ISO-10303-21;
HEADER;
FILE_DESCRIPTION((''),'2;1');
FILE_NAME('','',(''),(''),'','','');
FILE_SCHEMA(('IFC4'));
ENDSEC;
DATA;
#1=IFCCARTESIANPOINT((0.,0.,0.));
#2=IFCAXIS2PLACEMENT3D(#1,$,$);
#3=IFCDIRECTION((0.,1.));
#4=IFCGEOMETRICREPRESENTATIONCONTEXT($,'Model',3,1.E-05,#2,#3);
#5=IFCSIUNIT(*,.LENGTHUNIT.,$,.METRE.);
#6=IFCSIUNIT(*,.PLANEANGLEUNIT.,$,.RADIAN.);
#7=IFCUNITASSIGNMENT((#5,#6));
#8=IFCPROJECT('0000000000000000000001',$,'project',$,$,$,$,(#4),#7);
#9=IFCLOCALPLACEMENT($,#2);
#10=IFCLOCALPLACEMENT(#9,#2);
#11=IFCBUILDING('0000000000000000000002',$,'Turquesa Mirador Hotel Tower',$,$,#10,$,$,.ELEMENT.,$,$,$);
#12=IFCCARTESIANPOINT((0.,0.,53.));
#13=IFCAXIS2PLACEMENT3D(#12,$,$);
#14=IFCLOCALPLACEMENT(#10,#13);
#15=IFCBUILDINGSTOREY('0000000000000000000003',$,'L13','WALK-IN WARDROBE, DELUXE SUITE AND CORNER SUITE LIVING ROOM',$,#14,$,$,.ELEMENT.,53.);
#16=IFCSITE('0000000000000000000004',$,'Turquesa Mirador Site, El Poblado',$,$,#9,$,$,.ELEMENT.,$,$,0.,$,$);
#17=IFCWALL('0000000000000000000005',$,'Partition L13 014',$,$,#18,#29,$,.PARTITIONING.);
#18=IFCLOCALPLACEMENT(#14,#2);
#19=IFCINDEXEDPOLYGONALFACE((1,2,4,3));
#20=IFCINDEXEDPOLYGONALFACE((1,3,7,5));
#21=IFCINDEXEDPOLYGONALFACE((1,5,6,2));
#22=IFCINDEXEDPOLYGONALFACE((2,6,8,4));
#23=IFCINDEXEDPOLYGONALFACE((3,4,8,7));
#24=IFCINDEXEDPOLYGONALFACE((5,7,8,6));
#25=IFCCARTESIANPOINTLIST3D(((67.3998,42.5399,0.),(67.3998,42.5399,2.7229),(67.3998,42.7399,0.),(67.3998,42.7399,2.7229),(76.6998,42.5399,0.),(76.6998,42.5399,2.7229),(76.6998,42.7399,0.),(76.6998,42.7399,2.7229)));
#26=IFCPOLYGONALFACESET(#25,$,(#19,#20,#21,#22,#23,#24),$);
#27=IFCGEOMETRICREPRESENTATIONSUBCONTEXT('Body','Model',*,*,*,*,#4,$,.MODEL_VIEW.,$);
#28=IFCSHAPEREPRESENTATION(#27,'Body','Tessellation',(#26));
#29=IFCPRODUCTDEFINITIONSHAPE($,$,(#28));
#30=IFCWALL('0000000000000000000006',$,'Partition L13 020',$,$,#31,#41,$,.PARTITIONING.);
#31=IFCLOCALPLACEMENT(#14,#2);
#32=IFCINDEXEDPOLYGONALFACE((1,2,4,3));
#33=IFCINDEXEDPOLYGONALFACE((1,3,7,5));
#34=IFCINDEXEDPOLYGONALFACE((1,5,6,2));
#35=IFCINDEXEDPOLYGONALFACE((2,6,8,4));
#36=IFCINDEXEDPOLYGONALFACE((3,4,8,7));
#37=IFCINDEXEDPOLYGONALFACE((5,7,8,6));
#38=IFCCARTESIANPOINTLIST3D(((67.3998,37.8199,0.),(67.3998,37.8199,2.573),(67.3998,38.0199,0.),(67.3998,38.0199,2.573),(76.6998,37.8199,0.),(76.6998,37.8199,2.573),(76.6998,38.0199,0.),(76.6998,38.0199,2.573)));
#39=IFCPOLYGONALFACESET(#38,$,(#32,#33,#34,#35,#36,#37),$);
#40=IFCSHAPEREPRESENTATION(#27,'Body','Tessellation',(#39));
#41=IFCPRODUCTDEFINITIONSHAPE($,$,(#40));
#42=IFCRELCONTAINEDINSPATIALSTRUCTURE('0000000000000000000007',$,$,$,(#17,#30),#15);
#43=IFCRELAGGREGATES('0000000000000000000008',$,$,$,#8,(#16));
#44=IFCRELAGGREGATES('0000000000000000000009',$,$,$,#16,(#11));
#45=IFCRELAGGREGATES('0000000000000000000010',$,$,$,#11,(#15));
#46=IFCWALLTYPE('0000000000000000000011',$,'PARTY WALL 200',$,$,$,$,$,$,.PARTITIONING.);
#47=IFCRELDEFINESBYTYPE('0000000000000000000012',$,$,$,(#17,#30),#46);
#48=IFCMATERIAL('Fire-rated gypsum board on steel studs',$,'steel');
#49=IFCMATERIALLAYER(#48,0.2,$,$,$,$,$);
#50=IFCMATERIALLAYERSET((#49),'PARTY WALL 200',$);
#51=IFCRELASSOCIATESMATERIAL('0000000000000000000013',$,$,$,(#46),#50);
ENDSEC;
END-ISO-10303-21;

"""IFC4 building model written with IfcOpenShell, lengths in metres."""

from ifc_helpers import new_model, si_unit, direction, frame, frame_2d, origin, place, context, subcontext, project, spatial, rectangle, extrude, material, layer, layer_set, type_object, element, save


model = new_model("IFC4")

# Units and contexts
model_context = context("Model", 3, precision=1e-05, world=origin(), true_north=direction((0.0, 1.0)))
body_context = subcontext(model_context, "Body", "Model", "MODEL_VIEW")
ifc_project = project(units=[si_unit("LENGTHUNIT", "METRE"), si_unit("PLANEANGLEUNIT", "RADIAN")], contexts=[model_context])

# Site, building, storey
site_placement = place(None, origin())
site = spatial("IfcSite", under=ifc_project, at=site_placement, Name="Turquesa Mirador Site, El Poblado", CompositionType="ELEMENT", RefElevation=0.0)
building_placement = place(site_placement, origin())
building = spatial("IfcBuilding", under=site, at=building_placement, Name="Turquesa Mirador Hotel Tower", CompositionType="ELEMENT")
storey_placement = place(building_placement, frame((0.0, 0.0, 53.0)))
storey = spatial("IfcBuildingStorey", under=building, at=storey_placement, Name="L13", Description="WALK-IN WARDROBE, DELUXE SUITE AND CORNER SUITE LIVING ROOM", CompositionType="ELEMENT", Elevation=53.0)

# Walls
ifc_material_1 = material(Name="Fire-rated gypsum board on steel studs", Category="steel")
ifc_layer_1 = layer(ifc_material_1, 0.2)
ifc_layer_set_1 = layer_set([ifc_layer_1], Name="PARTY WALL 200")
wall_type_1 = type_object("IfcWallType", Name="PARTY WALL 200", PredefinedType="PARTITIONING", material=ifc_layer_set_1)
wall_1_placement = place(storey_placement, frame((67.3999, 42.6399, 0.0), z_axis=(0.0, 0.0, 1.0), x_axis=(1.0, 0.0, 0.0)))
element("IfcWall", 1, at=wall_1_placement, inside=storey, type_object=wall_type_1, Name="Partition L13 014", PredefinedType="PARTITIONING", context=body_context, shape_type="SweptSolid", body=[
    extrude(rectangle(XDim=9.3, YDim=0.2, at=frame_2d((4.6499, 0.0))), origin(), (0.0, 0.0, 1.0), 2.7229),
])
wall_2_placement = place(storey_placement, frame((67.3999, 37.9199, 0.0), z_axis=(0.0, 0.0, 1.0), x_axis=(1.0, 0.0, 0.0)))
element("IfcWall", 2, at=wall_2_placement, inside=storey, type_object=wall_type_1, Name="Partition L13 020", PredefinedType="PARTITIONING", context=body_context, shape_type="SweptSolid", body=[
    extrude(rectangle(XDim=9.3, YDim=0.2, at=frame_2d((4.6499, 0.0))), origin(), (0.0, 0.0, 1.0), 2.573),
])

save(model, "model.ifc")
